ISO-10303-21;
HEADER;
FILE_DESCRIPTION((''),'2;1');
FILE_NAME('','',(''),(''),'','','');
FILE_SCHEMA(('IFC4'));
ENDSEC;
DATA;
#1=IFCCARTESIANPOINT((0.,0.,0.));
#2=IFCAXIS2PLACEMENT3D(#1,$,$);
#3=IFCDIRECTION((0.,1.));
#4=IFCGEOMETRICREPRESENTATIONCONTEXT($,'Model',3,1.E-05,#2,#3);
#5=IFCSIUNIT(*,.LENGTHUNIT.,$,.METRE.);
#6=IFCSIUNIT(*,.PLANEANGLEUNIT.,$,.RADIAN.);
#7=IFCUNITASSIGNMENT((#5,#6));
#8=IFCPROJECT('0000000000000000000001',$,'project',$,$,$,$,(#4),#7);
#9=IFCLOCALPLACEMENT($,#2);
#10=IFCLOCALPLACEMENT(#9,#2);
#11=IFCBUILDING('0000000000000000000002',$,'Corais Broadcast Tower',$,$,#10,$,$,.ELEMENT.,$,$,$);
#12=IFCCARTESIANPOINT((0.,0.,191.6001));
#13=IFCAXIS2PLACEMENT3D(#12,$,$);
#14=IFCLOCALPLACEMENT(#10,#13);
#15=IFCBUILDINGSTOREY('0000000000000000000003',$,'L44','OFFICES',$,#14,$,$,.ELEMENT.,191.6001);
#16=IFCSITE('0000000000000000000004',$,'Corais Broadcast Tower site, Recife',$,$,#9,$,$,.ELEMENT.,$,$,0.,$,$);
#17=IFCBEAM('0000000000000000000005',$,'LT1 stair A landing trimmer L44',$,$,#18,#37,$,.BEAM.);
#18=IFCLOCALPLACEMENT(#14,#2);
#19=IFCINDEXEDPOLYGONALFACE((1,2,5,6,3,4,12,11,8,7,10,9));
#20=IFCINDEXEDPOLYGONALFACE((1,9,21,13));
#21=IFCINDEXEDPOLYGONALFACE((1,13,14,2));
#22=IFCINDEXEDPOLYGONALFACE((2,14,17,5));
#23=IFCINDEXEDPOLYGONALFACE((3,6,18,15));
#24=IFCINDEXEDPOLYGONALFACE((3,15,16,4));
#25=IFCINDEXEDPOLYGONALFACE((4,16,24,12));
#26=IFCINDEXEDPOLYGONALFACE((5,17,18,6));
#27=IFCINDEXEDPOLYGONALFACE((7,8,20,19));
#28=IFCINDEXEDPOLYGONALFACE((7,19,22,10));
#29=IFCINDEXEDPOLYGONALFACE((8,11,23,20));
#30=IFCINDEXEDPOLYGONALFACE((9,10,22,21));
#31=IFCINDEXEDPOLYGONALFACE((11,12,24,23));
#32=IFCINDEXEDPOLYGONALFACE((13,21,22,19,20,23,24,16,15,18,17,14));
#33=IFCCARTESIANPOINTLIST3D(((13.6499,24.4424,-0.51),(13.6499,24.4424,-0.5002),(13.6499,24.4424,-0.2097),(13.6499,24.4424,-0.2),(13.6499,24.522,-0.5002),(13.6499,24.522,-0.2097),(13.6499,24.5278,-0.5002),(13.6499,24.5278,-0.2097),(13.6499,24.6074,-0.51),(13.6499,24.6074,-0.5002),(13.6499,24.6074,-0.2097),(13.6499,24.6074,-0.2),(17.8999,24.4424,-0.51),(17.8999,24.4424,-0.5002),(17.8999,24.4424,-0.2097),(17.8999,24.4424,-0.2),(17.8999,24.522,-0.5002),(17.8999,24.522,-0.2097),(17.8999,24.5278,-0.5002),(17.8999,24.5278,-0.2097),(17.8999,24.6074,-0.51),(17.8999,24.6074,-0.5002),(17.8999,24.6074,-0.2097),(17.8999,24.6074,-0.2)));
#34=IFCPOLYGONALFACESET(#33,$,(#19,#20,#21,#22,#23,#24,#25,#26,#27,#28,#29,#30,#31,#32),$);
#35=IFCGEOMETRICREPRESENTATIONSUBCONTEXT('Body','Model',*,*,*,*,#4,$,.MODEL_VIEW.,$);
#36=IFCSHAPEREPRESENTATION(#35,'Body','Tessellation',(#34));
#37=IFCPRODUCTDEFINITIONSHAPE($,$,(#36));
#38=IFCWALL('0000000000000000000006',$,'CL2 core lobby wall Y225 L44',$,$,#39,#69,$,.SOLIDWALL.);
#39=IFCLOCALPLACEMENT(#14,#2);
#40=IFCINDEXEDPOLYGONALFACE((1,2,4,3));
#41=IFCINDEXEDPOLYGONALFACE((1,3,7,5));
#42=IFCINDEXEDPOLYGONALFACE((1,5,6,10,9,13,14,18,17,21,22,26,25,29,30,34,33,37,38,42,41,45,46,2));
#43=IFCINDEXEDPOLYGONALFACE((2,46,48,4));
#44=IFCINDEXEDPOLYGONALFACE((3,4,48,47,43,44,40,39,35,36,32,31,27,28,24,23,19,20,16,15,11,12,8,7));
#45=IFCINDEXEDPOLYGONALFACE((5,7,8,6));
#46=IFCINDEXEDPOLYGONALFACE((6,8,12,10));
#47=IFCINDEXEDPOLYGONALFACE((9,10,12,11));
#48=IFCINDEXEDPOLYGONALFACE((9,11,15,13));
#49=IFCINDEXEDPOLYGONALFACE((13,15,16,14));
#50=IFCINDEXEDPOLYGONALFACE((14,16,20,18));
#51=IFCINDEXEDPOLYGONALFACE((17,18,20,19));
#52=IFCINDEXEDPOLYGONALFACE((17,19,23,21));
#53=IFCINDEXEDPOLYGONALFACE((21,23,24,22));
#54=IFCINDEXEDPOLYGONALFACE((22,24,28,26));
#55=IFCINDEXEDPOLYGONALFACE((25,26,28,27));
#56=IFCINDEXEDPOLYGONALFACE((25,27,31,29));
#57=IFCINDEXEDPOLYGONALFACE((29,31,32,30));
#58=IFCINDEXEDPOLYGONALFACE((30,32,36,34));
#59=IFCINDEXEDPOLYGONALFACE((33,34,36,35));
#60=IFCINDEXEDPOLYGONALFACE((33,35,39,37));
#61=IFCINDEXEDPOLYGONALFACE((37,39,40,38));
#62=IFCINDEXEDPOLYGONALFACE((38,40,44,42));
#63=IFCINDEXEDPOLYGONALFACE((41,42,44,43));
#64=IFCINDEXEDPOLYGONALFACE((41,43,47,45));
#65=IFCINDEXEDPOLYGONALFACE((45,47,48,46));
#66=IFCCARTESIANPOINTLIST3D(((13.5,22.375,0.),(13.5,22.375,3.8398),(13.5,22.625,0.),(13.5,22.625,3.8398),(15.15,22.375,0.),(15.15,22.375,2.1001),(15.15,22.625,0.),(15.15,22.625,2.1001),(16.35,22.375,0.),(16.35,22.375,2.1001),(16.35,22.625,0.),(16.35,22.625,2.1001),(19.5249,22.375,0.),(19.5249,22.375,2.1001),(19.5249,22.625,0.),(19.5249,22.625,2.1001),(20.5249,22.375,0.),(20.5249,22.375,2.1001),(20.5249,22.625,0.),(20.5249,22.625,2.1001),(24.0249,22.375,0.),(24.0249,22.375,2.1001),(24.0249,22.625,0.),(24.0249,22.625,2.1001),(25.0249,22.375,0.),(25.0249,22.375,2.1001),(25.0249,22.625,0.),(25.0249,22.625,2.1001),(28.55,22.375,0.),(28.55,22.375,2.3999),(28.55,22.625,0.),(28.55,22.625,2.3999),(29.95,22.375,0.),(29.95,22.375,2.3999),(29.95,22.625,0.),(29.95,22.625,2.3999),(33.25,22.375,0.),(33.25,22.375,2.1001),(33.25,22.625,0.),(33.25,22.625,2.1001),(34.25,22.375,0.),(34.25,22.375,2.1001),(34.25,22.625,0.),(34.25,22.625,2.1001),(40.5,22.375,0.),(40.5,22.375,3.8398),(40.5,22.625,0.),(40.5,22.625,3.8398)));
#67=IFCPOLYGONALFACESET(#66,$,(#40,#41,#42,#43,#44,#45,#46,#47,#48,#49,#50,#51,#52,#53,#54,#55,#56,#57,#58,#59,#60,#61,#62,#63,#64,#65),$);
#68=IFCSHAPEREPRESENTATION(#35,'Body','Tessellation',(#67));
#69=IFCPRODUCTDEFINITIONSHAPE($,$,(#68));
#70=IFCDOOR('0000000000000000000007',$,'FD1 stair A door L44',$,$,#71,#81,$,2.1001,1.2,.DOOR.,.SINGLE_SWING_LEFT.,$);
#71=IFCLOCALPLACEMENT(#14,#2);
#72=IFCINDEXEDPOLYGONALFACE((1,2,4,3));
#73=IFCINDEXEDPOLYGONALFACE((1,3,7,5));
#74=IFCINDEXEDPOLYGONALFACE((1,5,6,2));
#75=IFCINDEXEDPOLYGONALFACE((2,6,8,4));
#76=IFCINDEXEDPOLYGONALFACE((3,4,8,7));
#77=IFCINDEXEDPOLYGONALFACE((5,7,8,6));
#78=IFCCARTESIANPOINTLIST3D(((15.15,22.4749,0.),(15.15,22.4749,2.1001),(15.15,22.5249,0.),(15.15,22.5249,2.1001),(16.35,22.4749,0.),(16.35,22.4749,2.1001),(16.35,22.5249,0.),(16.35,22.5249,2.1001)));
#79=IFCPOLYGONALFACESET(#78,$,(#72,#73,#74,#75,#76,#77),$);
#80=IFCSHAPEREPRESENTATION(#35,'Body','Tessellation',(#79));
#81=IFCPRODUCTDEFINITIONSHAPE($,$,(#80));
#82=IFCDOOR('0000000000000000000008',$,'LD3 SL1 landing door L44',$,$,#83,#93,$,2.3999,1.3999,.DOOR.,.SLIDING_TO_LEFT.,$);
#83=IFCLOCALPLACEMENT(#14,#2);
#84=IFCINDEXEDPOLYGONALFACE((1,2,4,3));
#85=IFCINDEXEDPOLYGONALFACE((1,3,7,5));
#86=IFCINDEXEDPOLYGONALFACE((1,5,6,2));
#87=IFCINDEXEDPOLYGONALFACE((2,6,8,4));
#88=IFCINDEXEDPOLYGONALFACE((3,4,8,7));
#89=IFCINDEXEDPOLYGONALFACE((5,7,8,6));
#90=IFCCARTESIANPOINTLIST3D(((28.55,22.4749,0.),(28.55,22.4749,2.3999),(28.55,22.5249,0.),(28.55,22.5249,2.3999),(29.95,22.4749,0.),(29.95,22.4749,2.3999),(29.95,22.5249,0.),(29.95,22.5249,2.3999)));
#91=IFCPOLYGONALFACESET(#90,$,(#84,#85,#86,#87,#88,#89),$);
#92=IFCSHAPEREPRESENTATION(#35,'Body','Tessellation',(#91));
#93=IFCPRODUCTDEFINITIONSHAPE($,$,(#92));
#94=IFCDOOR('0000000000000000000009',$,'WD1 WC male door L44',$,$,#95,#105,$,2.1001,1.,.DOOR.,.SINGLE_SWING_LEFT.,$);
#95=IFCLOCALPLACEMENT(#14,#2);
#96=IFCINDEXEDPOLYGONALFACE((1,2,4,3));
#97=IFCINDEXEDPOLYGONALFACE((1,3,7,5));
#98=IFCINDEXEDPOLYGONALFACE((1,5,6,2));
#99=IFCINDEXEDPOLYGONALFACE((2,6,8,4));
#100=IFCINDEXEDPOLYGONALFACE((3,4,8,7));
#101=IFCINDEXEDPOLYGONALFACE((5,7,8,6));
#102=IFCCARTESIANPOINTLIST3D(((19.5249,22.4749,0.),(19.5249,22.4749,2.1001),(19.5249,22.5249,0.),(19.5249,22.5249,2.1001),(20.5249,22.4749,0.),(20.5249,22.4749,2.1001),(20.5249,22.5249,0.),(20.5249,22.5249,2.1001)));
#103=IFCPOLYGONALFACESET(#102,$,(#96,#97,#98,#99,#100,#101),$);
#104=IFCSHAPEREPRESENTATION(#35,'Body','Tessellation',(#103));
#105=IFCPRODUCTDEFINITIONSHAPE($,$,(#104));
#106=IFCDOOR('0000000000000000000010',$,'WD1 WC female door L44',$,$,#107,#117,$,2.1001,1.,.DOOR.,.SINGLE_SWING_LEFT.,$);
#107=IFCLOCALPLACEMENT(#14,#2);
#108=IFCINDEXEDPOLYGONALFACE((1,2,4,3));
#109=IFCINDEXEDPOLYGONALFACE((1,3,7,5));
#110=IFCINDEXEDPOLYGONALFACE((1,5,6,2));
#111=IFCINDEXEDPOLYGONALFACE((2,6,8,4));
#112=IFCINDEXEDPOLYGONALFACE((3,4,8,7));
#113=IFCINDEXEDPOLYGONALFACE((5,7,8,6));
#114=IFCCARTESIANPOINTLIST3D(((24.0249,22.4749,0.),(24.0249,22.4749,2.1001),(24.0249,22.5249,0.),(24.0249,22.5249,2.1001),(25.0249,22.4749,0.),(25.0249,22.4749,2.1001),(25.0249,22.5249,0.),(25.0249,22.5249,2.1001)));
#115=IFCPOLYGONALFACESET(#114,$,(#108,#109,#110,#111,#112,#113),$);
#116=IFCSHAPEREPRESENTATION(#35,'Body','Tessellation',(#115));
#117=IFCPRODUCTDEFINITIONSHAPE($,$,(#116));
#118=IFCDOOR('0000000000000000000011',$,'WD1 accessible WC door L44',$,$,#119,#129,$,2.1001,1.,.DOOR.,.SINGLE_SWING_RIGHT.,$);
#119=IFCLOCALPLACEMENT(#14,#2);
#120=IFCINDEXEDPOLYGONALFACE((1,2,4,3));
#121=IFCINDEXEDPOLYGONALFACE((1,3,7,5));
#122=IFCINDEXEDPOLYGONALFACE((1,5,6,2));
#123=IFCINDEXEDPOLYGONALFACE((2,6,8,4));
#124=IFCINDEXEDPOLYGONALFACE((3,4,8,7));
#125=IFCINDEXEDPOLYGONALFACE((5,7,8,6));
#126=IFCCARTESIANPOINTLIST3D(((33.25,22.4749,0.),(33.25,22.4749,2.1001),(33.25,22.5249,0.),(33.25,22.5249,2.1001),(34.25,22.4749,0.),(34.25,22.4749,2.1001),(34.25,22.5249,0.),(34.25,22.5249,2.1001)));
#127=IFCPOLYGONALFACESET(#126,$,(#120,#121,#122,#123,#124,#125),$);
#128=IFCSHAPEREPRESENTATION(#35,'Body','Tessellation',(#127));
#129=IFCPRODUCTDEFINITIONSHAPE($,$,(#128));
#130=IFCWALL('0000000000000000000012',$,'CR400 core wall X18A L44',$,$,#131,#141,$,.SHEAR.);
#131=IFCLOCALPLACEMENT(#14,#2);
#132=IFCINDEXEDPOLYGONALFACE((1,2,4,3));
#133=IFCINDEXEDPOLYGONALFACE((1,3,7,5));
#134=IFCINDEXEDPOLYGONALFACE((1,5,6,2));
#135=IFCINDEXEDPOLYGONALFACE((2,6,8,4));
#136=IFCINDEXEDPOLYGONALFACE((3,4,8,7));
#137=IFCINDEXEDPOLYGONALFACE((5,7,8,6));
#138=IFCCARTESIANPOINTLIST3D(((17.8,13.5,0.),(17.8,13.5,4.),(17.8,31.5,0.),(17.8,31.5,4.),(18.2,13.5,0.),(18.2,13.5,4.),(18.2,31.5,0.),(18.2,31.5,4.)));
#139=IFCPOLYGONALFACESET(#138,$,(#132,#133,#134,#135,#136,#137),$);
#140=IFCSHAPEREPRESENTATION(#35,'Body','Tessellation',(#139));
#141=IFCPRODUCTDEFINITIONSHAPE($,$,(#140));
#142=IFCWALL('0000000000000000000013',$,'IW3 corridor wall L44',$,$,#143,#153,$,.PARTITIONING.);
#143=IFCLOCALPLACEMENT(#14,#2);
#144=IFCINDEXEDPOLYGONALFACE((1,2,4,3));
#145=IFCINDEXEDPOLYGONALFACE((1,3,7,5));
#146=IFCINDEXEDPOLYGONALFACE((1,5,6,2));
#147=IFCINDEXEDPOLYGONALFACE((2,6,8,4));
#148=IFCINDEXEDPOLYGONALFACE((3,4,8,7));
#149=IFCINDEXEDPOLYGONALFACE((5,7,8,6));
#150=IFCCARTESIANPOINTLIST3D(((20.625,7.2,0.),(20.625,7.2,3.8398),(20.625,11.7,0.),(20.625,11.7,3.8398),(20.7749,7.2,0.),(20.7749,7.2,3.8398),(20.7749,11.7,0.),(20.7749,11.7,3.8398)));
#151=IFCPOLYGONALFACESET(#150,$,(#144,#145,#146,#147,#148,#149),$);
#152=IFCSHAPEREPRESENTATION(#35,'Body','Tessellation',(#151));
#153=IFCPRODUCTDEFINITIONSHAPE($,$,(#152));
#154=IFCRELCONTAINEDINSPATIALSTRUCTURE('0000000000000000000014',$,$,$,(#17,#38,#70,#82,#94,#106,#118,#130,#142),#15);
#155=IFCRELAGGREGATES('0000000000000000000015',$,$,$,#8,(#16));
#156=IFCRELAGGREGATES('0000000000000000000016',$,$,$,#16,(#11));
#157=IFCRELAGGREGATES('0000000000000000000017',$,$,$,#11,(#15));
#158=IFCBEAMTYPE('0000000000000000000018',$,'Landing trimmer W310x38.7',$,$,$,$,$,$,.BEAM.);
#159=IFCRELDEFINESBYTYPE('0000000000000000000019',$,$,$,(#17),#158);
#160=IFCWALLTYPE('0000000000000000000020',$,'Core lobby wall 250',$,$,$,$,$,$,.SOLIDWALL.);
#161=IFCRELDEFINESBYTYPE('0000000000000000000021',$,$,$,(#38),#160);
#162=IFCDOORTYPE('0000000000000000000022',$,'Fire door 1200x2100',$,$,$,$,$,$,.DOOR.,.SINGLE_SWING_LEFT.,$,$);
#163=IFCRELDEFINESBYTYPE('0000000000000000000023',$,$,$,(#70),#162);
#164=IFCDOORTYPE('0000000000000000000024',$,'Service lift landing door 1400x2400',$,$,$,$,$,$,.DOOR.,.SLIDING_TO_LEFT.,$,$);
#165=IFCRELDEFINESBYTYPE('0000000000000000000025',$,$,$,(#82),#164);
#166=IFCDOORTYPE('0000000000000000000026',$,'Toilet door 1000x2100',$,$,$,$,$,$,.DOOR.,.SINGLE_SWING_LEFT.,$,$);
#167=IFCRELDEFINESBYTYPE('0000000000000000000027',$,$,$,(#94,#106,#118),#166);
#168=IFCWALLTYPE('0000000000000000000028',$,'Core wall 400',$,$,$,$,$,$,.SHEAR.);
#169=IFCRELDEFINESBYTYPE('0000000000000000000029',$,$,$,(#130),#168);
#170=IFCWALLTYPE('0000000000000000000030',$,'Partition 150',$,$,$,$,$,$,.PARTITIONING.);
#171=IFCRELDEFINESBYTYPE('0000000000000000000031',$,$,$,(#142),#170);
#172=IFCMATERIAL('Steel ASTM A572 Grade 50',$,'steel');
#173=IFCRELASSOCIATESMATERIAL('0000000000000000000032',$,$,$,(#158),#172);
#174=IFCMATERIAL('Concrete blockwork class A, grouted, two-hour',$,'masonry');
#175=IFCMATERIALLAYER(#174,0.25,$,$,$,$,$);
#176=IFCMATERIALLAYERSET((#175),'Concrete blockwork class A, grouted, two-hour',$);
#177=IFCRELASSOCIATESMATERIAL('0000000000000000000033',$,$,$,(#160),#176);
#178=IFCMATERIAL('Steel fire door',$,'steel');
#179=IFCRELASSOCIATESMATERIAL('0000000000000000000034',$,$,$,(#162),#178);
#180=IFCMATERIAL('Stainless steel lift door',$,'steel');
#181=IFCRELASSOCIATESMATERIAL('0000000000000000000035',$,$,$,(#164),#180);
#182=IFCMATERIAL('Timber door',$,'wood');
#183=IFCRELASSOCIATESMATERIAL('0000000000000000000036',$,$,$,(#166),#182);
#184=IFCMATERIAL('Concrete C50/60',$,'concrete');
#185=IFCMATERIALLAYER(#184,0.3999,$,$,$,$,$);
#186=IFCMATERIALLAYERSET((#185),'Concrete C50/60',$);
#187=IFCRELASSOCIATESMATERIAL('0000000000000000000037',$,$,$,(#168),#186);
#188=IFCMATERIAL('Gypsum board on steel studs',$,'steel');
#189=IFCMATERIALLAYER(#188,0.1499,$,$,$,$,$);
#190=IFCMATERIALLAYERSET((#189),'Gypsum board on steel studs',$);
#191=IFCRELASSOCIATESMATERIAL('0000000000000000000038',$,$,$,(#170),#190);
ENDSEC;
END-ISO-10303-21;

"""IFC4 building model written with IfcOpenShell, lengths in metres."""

from ifc_helpers import new_model, si_unit, direction, frame, frame_2d, origin, origin_2d, place, context, subcontext, project, spatial, rectangle, i_section, extrude, material, layer, layer_set, material_profile, profile_set, type_object, element, fill, save


model = new_model("IFC4")

# Units and contexts
model_context = context("Model", 3, precision=1e-05, world=origin(), true_north=direction((0.0, 1.0)))
body_context = subcontext(model_context, "Body", "Model", "MODEL_VIEW")
ifc_project = project(units=[si_unit("LENGTHUNIT", "METRE"), si_unit("PLANEANGLEUNIT", "RADIAN")], contexts=[model_context])

# Site, building, storey
site_placement = place(None, origin())
site = spatial("IfcSite", under=ifc_project, at=site_placement, Name="Corais Broadcast Tower site, Recife", CompositionType="ELEMENT", RefElevation=0.0)
building_placement = place(site_placement, origin())
building = spatial("IfcBuilding", under=site, at=building_placement, Name="Corais Broadcast Tower", CompositionType="ELEMENT")
storey_placement = place(building_placement, frame((0.0, 0.0, 191.6001)))
storey = spatial("IfcBuildingStorey", under=building, at=storey_placement, Name="L44", Description="OFFICES", CompositionType="ELEMENT", Elevation=191.6001)

# Beam
ifc_material_1 = material(Name="Steel ASTM A572 Grade 50", Category="steel")
ifc_material_profile = material_profile(ifc_material_1, i_section(OverallWidth=0.165, OverallDepth=0.3101, WebThickness=0.0059, FlangeThickness=0.0098, at=origin_2d()), Name="W310x38.7")
ifc_profile_set = profile_set([ifc_material_profile], Name="Steel ASTM A572 Grade 50")
beam_type = type_object("IfcBeamType", Name="Landing trimmer W310x38.7", PredefinedType="BEAM", material=ifc_profile_set)
beam_placement = place(storey_placement, frame((13.6499, 24.5249, -0.355), z_axis=(1.0, 0.0, 0.0), x_axis=(0.0, 1.0, 0.0)))
element("IfcBeam", 1, at=beam_placement, inside=storey, type_object=beam_type, Name="LT1 stair A landing trimmer L44", PredefinedType="BEAM", context=body_context, shape_type="SweptSolid", body=[
    extrude(i_section(OverallWidth=0.165, OverallDepth=0.3101, WebThickness=0.0059, FlangeThickness=0.0098, at=origin_2d()), origin(), (0.0, 0.0, 1.0), 4.25),
])

# Wall, openings, doors
ifc_material_2 = material(Name="Concrete blockwork class A, grouted, two-hour", Category="masonry")
ifc_layer_1 = layer(ifc_material_2, 0.25)
ifc_layer_set_1 = layer_set([ifc_layer_1], Name="Concrete blockwork class A, grouted, two-hour")
wall_type_1 = type_object("IfcWallType", Name="Core lobby wall 250", PredefinedType="SOLIDWALL", material=ifc_layer_set_1)
wall_1_placement = place(storey_placement, frame((13.5, 22.5, 0.0), z_axis=(0.0, 0.0, 1.0), x_axis=(1.0, 0.0, 0.0)))
wall_1 = element("IfcWall", 2, at=wall_1_placement, inside=storey, type_object=wall_type_1, Name="CL2 core lobby wall Y225 L44", PredefinedType="SOLIDWALL", context=body_context, shape_type="SweptSolid", body=[
    extrude(rectangle(XDim=27.0, YDim=0.25, at=frame_2d((13.5, 0.0))), origin(), (0.0, 0.0, 1.0), 3.8398),
])
opening_1_placement = place(wall_1_placement, frame((1.6499, 0.0, 0.0)))
opening_1 = element("IfcOpeningElement", 3, at=opening_1_placement, cuts=wall_1, PredefinedType="OPENING", context=body_context, shape_type="SweptSolid", body=[
    extrude(rectangle(XDim=1.2, YDim=2.1001, at=frame_2d((0.6001, 1.05))), frame((0.0, 0.135, 0.0), z_axis=(0.0, -1.0, 0.0), x_axis=(1.0, 0.0, 0.0)), (0.0, 0.0, 1.0), 0.27),
])
opening_2_placement = place(wall_1_placement, frame((6.0249, 0.0, 0.0)))
opening_2 = element("IfcOpeningElement", 4, at=opening_2_placement, cuts=wall_1, PredefinedType="OPENING", context=body_context, shape_type="SweptSolid", body=[
    extrude(rectangle(XDim=1.0, YDim=2.1001, at=frame_2d((0.5, 1.05))), frame((0.0, 0.135, 0.0), z_axis=(0.0, -1.0, 0.0), x_axis=(1.0, 0.0, 0.0)), (0.0, 0.0, 1.0), 0.27),
])
opening_3_placement = place(wall_1_placement, frame((10.5249, 0.0, 0.0)))
opening_3 = element("IfcOpeningElement", 5, at=opening_3_placement, cuts=wall_1, PredefinedType="OPENING", context=body_context, shape_type="SweptSolid", body=[
    extrude(rectangle(XDim=1.0, YDim=2.1001, at=frame_2d((0.5, 1.05))), frame((0.0, 0.135, 0.0), z_axis=(0.0, -1.0, 0.0), x_axis=(1.0, 0.0, 0.0)), (0.0, 0.0, 1.0), 0.27),
])
opening_4_placement = place(wall_1_placement, frame((19.75, 0.0, 0.0)))
opening_4 = element("IfcOpeningElement", 6, at=opening_4_placement, cuts=wall_1, PredefinedType="OPENING", context=body_context, shape_type="SweptSolid", body=[
    extrude(rectangle(XDim=1.0, YDim=2.1001, at=frame_2d((0.5, 1.05))), frame((0.0, 0.135, 0.0), z_axis=(0.0, -1.0, 0.0), x_axis=(1.0, 0.0, 0.0)), (0.0, 0.0, 1.0), 0.27),
])
opening_5_placement = place(wall_1_placement, frame((15.05, 0.0, 0.0)))
opening_5 = element("IfcOpeningElement", 7, at=opening_5_placement, cuts=wall_1, PredefinedType="OPENING", context=body_context, shape_type="SweptSolid", body=[
    extrude(rectangle(XDim=1.3999, YDim=2.3999, at=frame_2d((0.7, 1.2))), frame((0.0, 0.135, 0.0), z_axis=(0.0, -1.0, 0.0), x_axis=(1.0, 0.0, 0.0)), (0.0, 0.0, 1.0), 0.27),
])
ifc_material_3 = material(Name="Steel fire door", Category="steel")
door_type_1 = type_object("IfcDoorType", Name="Fire door 1200x2100", OperationType="SINGLE_SWING_LEFT", PredefinedType="DOOR", material=ifc_material_3)
door_1_placement = place(opening_1_placement, origin())
door_1 = element("IfcDoor", 8, at=door_1_placement, inside=storey, type_object=door_type_1, Name="FD1 stair A door L44", OperationType="SINGLE_SWING_LEFT", OverallHeight=2.1001, OverallWidth=1.2, PredefinedType="DOOR", context=body_context, shape_type="SweptSolid", body=[
    extrude(rectangle(XDim=1.2, YDim=2.1001, at=frame_2d((0.6001, 1.05))), frame((0.0, 0.0249, 0.0), z_axis=(0.0, -1.0, 0.0), x_axis=(1.0, 0.0, 0.0)), (0.0, 0.0, 1.0), 0.05),
])
fill(opening_1, door_1)
ifc_material_4 = material(Name="Stainless steel lift door", Category="steel")
door_type_2 = type_object("IfcDoorType", Name="Service lift landing door 1400x2400", OperationType="SLIDING_TO_LEFT", PredefinedType="DOOR", material=ifc_material_4)
door_2_placement = place(opening_5_placement, origin())
door_2 = element("IfcDoor", 9, at=door_2_placement, inside=storey, type_object=door_type_2, Name="LD3 SL1 landing door L44", OperationType="SLIDING_TO_LEFT", OverallHeight=2.3999, OverallWidth=1.3999, PredefinedType="DOOR", context=body_context, shape_type="SweptSolid", body=[
    extrude(rectangle(XDim=1.3999, YDim=2.3999, at=frame_2d((0.7, 1.2))), frame((0.0, 0.0249, 0.0), z_axis=(0.0, -1.0, 0.0), x_axis=(1.0, 0.0, 0.0)), (0.0, 0.0, 1.0), 0.05),
])
fill(opening_5, door_2)
ifc_material_5 = material(Name="Timber door", Category="wood")
door_type_3 = type_object("IfcDoorType", Name="Toilet door 1000x2100", OperationType="SINGLE_SWING_LEFT", PredefinedType="DOOR", material=ifc_material_5)
door_3_placement = place(opening_2_placement, origin())
door_3 = element("IfcDoor", 10, at=door_3_placement, inside=storey, type_object=door_type_3, Name="WD1 WC male door L44", OperationType="SINGLE_SWING_LEFT", OverallHeight=2.1001, OverallWidth=1.0, PredefinedType="DOOR", context=body_context, shape_type="SweptSolid", body=[
    extrude(rectangle(XDim=1.0, YDim=2.1001, at=frame_2d((0.5, 1.05))), frame((0.0, 0.0249, 0.0), z_axis=(0.0, -1.0, 0.0), x_axis=(1.0, 0.0, 0.0)), (0.0, 0.0, 1.0), 0.05),
])
fill(opening_2, door_3)
door_4_placement = place(opening_3_placement, origin())
door_4 = element("IfcDoor", 11, at=door_4_placement, inside=storey, type_object=door_type_3, Name="WD1 WC female door L44", OperationType="SINGLE_SWING_LEFT", OverallHeight=2.1001, OverallWidth=1.0, PredefinedType="DOOR", context=body_context, shape_type="SweptSolid", body=[
    extrude(rectangle(XDim=1.0, YDim=2.1001, at=frame_2d((0.5, 1.05))), frame((0.0, 0.0249, 0.0), z_axis=(0.0, -1.0, 0.0), x_axis=(1.0, 0.0, 0.0)), (0.0, 0.0, 1.0), 0.05),
])
fill(opening_3, door_4)
door_5_placement = place(opening_4_placement, origin())
door_5 = element("IfcDoor", 12, at=door_5_placement, inside=storey, type_object=door_type_3, Name="WD1 accessible WC door L44", OperationType="SINGLE_SWING_RIGHT", OverallHeight=2.1001, OverallWidth=1.0, PredefinedType="DOOR", context=body_context, shape_type="SweptSolid", body=[
    extrude(rectangle(XDim=1.0, YDim=2.1001, at=frame_2d((0.5, 1.05))), frame((0.0, 0.0249, 0.0), z_axis=(0.0, -1.0, 0.0), x_axis=(1.0, 0.0, 0.0)), (0.0, 0.0, 1.0), 0.05),
])
fill(opening_4, door_5)

# Walls
ifc_material_6 = material(Name="Concrete C50/60", Category="concrete")
ifc_layer_2 = layer(ifc_material_6, 0.3999)
ifc_layer_set_2 = layer_set([ifc_layer_2], Name="Concrete C50/60")
wall_type_2 = type_object("IfcWallType", Name="Core wall 400", PredefinedType="SHEAR", material=ifc_layer_set_2)
wall_2_placement = place(storey_placement, frame((18.0, 13.5, 0.0), z_axis=(0.0, 0.0, 1.0), x_axis=(0.0, 1.0, 0.0)))
element("IfcWall", 13, at=wall_2_placement, inside=storey, type_object=wall_type_2, Name="CR400 core wall X18A L44", PredefinedType="SHEAR", context=body_context, shape_type="SweptSolid", body=[
    extrude(rectangle(XDim=18.0, YDim=0.3999, at=frame_2d((9.0, 0.0))), origin(), (0.0, 0.0, 1.0), 4.0),
])
ifc_material_7 = material(Name="Gypsum board on steel studs", Category="steel")
ifc_layer_3 = layer(ifc_material_7, 0.1499)
ifc_layer_set_3 = layer_set([ifc_layer_3], Name="Gypsum board on steel studs")
wall_type_3 = type_object("IfcWallType", Name="Partition 150", PredefinedType="PARTITIONING", material=ifc_layer_set_3)
wall_3_placement = place(storey_placement, frame((20.7, 11.7, 0.0), z_axis=(0.0, 0.0, 1.0), x_axis=(0.0, -1.0, 0.0)))
element("IfcWall", 14, at=wall_3_placement, inside=storey, type_object=wall_type_3, Name="IW3 corridor wall L44", PredefinedType="PARTITIONING", context=body_context, shape_type="SweptSolid", body=[
    extrude(rectangle(XDim=4.5, YDim=0.1499, at=frame_2d((2.25, 0.0))), origin(), (0.0, 0.0, 1.0), 3.8398),
])

save(model, "model.ifc")
